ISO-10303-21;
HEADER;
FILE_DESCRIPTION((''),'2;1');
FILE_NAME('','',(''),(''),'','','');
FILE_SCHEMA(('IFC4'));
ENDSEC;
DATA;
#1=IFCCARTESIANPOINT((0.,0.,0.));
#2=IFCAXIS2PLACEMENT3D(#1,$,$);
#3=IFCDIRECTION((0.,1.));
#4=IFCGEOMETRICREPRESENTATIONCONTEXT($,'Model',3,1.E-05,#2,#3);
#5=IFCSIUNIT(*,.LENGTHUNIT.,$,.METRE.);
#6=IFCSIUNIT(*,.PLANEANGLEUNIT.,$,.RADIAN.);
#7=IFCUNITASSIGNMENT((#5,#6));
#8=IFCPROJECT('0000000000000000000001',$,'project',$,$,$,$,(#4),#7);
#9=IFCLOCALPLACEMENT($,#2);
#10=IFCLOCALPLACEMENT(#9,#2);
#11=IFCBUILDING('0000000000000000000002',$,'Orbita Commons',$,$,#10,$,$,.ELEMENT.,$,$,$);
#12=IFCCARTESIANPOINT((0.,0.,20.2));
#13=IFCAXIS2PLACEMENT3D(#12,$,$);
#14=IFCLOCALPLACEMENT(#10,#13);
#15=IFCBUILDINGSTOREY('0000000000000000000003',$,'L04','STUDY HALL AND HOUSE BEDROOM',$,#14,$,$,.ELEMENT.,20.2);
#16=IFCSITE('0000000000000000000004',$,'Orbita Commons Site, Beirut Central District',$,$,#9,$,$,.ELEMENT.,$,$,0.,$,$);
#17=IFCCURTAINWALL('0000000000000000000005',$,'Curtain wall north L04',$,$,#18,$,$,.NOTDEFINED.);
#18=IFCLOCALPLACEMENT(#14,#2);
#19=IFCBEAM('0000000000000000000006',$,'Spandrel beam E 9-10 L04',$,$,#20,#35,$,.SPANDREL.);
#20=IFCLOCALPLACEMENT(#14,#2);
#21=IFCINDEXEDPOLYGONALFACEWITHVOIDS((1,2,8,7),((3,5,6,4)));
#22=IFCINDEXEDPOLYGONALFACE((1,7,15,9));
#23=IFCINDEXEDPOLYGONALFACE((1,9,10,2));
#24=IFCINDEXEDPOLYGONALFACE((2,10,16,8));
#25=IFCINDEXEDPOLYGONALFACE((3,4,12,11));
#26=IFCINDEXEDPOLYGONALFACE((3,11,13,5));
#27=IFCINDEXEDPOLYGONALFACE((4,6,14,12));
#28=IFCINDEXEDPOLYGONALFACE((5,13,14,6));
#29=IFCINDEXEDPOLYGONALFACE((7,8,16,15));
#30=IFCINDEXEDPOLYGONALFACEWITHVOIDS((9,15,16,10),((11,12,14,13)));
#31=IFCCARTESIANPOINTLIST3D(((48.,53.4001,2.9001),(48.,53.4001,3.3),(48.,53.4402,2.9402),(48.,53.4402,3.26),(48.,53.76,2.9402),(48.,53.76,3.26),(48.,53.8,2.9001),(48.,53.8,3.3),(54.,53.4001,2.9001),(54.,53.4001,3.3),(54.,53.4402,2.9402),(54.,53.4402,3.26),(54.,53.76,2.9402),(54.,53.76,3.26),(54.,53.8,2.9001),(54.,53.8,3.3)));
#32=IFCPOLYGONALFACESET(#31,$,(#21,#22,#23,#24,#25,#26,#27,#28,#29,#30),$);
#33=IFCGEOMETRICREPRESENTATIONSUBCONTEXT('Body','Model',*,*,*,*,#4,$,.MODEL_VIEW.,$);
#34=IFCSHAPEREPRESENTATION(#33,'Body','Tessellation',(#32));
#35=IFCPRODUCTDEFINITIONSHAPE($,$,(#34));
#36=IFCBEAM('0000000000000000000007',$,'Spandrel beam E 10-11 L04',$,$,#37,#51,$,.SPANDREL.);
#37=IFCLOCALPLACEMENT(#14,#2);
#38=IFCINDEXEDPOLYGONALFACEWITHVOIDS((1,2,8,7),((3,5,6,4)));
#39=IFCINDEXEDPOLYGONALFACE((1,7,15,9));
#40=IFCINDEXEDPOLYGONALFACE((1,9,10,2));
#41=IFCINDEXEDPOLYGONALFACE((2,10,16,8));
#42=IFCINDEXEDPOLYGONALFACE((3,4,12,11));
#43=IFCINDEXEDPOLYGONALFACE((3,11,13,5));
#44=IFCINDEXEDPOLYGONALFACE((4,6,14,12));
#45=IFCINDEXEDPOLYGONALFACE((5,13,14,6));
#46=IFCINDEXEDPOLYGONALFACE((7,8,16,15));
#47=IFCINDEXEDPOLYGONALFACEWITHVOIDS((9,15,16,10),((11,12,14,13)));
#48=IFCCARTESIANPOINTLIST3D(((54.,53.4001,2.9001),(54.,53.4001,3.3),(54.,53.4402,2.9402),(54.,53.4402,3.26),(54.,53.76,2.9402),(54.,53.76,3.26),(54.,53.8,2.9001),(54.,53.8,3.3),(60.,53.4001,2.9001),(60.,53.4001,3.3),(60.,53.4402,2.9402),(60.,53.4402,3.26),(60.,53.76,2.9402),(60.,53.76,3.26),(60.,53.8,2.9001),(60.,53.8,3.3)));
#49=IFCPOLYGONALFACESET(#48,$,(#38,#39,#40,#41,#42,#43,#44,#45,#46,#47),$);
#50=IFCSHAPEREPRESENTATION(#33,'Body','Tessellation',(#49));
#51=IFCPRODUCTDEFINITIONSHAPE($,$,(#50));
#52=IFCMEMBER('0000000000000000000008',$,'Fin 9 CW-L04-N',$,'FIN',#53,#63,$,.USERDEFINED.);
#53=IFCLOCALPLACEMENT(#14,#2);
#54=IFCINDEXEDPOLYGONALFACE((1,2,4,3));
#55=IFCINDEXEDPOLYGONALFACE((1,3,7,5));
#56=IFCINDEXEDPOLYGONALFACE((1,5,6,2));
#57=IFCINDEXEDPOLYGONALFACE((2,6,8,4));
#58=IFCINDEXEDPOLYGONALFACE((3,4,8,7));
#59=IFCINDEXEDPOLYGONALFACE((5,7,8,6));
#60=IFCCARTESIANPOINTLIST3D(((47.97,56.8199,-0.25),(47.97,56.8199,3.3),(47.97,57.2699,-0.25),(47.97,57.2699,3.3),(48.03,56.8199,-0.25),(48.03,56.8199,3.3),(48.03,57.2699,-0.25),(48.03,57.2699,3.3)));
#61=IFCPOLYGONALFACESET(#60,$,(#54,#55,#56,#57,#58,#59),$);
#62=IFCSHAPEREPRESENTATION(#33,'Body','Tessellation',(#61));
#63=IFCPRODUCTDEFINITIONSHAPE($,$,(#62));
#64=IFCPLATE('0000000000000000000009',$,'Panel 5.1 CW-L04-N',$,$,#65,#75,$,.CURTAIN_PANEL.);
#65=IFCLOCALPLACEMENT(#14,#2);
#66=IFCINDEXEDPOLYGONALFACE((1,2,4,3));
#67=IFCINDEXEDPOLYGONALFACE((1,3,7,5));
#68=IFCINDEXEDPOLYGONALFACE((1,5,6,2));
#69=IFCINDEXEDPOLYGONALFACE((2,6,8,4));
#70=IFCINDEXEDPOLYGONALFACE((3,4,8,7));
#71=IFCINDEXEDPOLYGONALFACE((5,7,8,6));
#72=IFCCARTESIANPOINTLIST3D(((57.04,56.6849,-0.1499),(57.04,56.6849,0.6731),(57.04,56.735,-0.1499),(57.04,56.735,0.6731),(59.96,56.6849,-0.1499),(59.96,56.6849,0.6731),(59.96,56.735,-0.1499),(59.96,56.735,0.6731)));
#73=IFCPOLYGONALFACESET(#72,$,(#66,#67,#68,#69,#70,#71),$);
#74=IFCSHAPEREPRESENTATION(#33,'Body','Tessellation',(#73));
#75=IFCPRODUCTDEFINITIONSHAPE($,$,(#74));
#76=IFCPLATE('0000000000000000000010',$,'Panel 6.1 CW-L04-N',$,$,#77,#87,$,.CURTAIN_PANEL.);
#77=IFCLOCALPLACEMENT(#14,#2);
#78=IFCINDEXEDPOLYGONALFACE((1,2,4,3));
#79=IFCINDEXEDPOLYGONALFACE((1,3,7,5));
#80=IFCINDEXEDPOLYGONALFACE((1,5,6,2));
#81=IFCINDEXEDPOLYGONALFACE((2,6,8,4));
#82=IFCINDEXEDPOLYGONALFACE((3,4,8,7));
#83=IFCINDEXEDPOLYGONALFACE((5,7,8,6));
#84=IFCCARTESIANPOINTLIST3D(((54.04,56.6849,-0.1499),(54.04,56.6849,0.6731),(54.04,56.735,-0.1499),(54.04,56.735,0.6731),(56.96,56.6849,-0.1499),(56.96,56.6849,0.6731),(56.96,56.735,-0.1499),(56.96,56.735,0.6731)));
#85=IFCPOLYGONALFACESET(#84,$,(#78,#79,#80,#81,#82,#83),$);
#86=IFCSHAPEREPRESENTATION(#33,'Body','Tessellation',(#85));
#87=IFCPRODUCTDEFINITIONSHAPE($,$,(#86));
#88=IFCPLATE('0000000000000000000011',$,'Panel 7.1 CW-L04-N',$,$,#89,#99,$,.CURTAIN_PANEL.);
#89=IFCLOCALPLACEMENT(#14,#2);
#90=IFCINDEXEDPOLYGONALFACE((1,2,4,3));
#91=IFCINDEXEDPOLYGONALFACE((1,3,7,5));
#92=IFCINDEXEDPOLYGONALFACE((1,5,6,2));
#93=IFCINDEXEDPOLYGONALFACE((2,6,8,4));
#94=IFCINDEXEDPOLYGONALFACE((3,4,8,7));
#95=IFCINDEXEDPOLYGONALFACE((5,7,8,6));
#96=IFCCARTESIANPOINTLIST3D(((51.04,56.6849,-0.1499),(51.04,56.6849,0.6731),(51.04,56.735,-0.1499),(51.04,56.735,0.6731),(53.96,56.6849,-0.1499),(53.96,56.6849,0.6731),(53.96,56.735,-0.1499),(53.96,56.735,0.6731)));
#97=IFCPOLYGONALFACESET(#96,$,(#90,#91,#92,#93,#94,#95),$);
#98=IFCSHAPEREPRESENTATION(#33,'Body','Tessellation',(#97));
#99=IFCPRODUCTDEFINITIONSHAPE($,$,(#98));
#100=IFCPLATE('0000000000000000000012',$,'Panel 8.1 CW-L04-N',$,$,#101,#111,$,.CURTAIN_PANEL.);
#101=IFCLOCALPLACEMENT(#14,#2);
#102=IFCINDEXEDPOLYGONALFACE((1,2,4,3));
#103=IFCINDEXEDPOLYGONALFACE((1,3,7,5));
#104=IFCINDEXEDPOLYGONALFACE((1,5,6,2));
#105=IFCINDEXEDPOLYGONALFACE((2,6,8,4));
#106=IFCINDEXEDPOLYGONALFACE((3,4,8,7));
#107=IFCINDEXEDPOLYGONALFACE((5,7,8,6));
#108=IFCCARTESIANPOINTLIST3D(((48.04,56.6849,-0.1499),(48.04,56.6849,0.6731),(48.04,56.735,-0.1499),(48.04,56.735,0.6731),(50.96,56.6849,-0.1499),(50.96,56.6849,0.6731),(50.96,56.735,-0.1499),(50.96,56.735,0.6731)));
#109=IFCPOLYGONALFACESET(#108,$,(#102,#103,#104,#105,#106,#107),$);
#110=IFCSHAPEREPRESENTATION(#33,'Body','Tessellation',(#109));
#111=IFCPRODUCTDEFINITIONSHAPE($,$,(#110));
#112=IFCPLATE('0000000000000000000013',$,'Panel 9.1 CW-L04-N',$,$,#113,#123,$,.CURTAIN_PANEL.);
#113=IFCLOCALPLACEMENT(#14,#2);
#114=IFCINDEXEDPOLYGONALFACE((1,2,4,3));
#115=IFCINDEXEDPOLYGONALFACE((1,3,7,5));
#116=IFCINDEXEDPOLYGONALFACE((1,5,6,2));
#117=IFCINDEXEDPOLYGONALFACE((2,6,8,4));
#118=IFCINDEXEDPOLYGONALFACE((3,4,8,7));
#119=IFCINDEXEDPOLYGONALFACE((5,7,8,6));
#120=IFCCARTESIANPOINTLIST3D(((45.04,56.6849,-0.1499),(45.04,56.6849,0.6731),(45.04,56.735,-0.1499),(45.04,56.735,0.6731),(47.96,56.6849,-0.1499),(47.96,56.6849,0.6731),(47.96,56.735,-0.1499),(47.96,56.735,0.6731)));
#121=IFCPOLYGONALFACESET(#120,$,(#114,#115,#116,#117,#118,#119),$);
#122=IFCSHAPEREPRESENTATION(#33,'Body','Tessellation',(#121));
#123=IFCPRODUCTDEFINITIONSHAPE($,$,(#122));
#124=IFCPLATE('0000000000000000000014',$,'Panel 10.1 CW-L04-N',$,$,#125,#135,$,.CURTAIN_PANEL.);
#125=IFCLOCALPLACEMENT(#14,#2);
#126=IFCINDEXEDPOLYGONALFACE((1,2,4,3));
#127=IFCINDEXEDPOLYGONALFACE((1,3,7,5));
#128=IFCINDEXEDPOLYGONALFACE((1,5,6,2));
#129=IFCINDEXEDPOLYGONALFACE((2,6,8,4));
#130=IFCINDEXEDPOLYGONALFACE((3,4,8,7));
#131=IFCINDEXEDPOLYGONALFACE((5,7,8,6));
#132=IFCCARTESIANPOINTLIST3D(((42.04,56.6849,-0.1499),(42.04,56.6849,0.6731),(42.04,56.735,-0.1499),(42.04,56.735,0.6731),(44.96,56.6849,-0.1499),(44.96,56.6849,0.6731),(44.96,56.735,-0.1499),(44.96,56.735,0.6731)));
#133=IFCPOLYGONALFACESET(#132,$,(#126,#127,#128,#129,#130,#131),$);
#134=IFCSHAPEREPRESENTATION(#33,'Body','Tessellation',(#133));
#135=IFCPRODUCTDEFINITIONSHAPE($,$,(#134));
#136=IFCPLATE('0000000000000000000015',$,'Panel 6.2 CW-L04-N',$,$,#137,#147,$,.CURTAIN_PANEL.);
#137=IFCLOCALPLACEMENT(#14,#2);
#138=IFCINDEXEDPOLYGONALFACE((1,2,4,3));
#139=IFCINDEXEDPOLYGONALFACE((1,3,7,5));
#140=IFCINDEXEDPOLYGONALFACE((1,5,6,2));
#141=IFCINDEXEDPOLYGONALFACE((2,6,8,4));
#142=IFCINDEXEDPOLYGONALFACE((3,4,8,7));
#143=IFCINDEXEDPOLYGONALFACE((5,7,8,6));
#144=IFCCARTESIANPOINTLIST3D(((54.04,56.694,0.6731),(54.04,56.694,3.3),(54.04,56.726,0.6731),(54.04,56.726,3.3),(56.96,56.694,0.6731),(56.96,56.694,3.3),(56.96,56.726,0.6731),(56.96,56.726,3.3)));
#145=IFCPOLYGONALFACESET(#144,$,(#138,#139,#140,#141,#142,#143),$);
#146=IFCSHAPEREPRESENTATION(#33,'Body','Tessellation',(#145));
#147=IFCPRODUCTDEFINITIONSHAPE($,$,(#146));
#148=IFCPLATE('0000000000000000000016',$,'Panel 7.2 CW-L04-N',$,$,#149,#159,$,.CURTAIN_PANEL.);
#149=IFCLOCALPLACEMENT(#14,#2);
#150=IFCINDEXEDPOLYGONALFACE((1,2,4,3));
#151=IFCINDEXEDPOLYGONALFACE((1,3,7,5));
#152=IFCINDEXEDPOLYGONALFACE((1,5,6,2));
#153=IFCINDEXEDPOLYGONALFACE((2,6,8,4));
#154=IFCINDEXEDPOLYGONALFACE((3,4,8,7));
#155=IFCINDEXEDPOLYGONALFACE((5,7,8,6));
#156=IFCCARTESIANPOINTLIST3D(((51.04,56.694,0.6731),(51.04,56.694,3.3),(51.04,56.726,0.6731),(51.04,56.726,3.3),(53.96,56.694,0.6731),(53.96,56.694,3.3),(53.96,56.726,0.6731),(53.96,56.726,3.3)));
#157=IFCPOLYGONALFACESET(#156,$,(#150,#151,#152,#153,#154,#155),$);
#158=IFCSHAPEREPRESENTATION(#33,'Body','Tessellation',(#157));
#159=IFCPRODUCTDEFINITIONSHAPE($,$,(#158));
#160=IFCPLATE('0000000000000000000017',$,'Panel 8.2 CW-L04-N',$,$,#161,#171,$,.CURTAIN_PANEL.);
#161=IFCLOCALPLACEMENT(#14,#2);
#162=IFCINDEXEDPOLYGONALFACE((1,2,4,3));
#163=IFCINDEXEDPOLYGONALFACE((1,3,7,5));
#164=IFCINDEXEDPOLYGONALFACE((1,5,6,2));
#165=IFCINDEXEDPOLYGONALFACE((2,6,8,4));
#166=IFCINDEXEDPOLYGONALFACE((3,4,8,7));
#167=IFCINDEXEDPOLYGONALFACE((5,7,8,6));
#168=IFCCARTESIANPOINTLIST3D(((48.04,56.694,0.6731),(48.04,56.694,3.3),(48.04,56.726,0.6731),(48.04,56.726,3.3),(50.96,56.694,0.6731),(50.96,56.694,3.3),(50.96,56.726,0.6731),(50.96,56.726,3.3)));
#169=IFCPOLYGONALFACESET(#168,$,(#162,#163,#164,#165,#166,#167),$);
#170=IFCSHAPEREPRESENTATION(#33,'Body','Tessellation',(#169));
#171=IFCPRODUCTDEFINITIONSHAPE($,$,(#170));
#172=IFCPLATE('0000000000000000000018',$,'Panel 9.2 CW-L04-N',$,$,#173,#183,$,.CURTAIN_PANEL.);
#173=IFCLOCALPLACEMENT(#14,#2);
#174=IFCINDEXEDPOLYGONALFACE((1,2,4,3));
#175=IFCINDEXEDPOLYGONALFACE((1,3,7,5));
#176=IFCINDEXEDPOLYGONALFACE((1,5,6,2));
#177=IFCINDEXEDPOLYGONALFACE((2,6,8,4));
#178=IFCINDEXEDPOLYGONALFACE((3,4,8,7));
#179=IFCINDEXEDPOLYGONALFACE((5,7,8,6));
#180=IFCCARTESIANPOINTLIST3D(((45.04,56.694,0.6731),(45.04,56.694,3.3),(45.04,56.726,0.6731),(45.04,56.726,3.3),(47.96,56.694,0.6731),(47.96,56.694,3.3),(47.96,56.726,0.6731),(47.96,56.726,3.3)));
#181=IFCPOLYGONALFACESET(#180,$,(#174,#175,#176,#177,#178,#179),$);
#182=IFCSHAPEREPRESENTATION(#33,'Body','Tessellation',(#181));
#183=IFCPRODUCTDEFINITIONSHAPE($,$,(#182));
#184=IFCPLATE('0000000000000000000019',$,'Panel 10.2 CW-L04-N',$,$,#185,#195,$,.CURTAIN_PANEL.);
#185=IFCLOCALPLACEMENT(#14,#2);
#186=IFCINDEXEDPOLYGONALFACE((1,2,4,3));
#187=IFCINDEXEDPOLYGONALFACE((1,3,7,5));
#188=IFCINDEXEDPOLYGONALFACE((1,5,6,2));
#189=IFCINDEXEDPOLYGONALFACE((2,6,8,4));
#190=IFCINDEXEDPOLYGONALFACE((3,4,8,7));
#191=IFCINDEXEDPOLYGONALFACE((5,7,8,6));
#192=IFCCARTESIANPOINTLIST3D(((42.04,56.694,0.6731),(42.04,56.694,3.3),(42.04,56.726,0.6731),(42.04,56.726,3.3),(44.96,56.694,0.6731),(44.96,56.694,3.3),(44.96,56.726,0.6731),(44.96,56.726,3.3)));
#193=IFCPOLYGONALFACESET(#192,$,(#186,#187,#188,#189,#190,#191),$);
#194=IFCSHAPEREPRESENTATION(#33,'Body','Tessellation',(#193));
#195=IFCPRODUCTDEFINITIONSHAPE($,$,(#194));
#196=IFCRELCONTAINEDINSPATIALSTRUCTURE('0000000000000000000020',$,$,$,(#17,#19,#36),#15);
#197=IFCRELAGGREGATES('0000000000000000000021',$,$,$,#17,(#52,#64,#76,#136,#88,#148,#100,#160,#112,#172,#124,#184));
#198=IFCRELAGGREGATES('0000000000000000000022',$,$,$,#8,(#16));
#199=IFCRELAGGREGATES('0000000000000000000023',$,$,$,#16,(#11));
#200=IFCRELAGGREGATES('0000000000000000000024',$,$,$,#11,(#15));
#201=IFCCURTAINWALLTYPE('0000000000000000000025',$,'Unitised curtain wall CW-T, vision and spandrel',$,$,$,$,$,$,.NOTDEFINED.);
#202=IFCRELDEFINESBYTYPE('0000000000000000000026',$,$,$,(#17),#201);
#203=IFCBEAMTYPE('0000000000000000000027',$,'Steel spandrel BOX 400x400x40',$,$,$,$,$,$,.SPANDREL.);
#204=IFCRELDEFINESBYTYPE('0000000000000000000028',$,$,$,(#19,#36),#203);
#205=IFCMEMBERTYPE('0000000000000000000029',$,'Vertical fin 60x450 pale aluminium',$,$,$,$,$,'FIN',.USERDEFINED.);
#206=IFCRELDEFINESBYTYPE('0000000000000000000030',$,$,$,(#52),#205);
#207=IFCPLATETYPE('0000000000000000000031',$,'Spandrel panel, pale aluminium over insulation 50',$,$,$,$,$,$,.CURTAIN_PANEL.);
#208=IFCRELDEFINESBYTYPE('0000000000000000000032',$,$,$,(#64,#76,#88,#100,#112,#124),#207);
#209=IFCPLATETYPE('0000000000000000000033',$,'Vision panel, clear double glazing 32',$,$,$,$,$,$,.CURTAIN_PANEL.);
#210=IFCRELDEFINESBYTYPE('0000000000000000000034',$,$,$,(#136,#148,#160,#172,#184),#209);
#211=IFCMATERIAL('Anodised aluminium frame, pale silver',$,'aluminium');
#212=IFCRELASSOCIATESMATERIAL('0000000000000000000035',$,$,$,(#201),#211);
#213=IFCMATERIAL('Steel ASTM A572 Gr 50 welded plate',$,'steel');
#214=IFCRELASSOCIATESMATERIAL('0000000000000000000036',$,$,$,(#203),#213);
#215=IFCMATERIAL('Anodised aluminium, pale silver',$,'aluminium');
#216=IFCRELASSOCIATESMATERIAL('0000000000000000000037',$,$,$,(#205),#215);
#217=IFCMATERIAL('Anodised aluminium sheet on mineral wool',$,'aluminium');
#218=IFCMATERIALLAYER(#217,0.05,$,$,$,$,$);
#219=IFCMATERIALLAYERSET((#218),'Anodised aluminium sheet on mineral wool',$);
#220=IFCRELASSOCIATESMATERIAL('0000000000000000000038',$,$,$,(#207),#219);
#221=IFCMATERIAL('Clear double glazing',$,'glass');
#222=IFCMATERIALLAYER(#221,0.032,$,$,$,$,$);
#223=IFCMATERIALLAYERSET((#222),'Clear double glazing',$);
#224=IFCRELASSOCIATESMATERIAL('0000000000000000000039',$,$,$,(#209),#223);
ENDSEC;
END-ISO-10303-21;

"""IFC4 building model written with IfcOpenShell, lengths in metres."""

from ifc_helpers import new_model, si_unit, direction, frame, origin, origin_2d, place, context, subcontext, project, spatial, rectangle, hollow_rectangle, extrude, material, layer, layer_set, material_profile, profile_set, type_object, element, aggregate, save


model = new_model("IFC4")

# Units and contexts
model_context = context("Model", 3, precision=1e-05, world=origin(), true_north=direction((0.0, 1.0)))
body_context = subcontext(model_context, "Body", "Model", "MODEL_VIEW")
ifc_project = project(units=[si_unit("LENGTHUNIT", "METRE"), si_unit("PLANEANGLEUNIT", "RADIAN")], contexts=[model_context])

# Site, building, storey
site_placement = place(None, origin())
site = spatial("IfcSite", under=ifc_project, at=site_placement, Name="Orbita Commons Site, Beirut Central District", CompositionType="ELEMENT", RefElevation=0.0)
building_placement = place(site_placement, origin())
building = spatial("IfcBuilding", under=site, at=building_placement, Name="Orbita Commons", CompositionType="ELEMENT")
storey_placement = place(building_placement, frame((0.0, 0.0, 20.2)))
storey = spatial("IfcBuildingStorey", under=building, at=storey_placement, Name="L04", Description="STUDY HALL AND HOUSE BEDROOM", CompositionType="ELEMENT", Elevation=20.2)

# Curtain wall
ifc_material_1 = material(Name="Anodised aluminium frame, pale silver", Category="aluminium")
curtain_wall_type = type_object("IfcCurtainWallType", Name="Unitised curtain wall CW-T, vision and spandrel", PredefinedType="NOTDEFINED", material=ifc_material_1)
curtain_wall_placement = place(storey_placement, origin())
curtain_wall = element("IfcCurtainWall", 1, at=curtain_wall_placement, inside=storey, type_object=curtain_wall_type, Name="Curtain wall north L04", PredefinedType="NOTDEFINED")

# Beams
ifc_material_2 = material(Name="Steel ASTM A572 Gr 50 welded plate", Category="steel")
ifc_material_profile_1 = material_profile(ifc_material_2, hollow_rectangle(XDim=0.3999, YDim=0.3999, WallThickness=0.04, at=origin_2d()), Name="BOX 400x400x40")
ifc_profile_set_1 = profile_set([ifc_material_profile_1], Name="Steel ASTM A572 Gr 50 welded plate")
beam_type = type_object("IfcBeamType", Name="Steel spandrel BOX 400x400x40", PredefinedType="SPANDREL", material=ifc_profile_set_1)
for number, where, z_axis, x_axis, name in (
    (2, (48.0, 53.6001, 3.1001), (1.0, 0.0, 0.0), (0.0, 1.0, 0.0), "Spandrel beam E 9-10 L04"),
    (3, (54.0, 53.6001, 3.1001), (1.0, 0.0, 0.0), (0.0, 1.0, 0.0), "Spandrel beam E 10-11 L04"),
):
    element("IfcBeam", number, at=place(storey_placement, frame(where, z_axis=z_axis, x_axis=x_axis)), inside=storey, type_object=beam_type, Name=name, PredefinedType="SPANDREL", context=body_context, shape_type="SweptSolid", body=[
        extrude(hollow_rectangle(XDim=0.3999, YDim=0.3999, WallThickness=0.04, at=origin_2d()), origin(), (0.0, 0.0, 1.0), 6.0),
    ])

# Member
ifc_material_3 = material(Name="Anodised aluminium, pale silver", Category="aluminium")
ifc_material_profile_2 = material_profile(ifc_material_3, rectangle(XDim=0.0601, YDim=0.45, at=origin_2d()), Name="FIN 60x450")
ifc_profile_set_2 = profile_set([ifc_material_profile_2], Name="Anodised aluminium, pale silver")
member_type_1 = type_object("IfcMemberType", Name="Vertical fin 60x450 pale aluminium", ElementType="FIN", PredefinedType="USERDEFINED", material=ifc_profile_set_2)
member_1_placement = place(storey_placement, frame((48.0, 57.0449, -0.25), z_axis=(0.0, 0.0, 1.0), x_axis=(-1.0, 0.0, 0.0)))
member_1 = element("IfcMember", 4, at=member_1_placement, type_object=member_type_1, Name="Fin 9 CW-L04-N", ObjectType="FIN", PredefinedType="USERDEFINED", context=body_context, shape_type="SweptSolid", body=[
    extrude(rectangle(XDim=0.0601, YDim=0.45, at=origin_2d()), origin(), (0.0, 0.0, 1.0), 3.55),
])

# Plates
ifc_material_4 = material(Name="Anodised aluminium sheet on mineral wool", Category="aluminium")
ifc_layer_1 = layer(ifc_material_4, 0.05)
ifc_layer_set_1 = layer_set([ifc_layer_1], Name="Anodised aluminium sheet on mineral wool")
plate_type_1 = type_object("IfcPlateType", Name="Spandrel panel, pale aluminium over insulation 50", PredefinedType="CURTAIN_PANEL", material=ifc_layer_set_1)
plate_1_placement = place(storey_placement, frame((58.5, 56.71, -0.1499), z_axis=(0.0, 0.0, 1.0), x_axis=(-1.0, 0.0, 0.0)))
plate_1 = element("IfcPlate", 5, at=plate_1_placement, type_object=plate_type_1, Name="Panel 5.1 CW-L04-N", PredefinedType="CURTAIN_PANEL", context=body_context, shape_type="SweptSolid", body=[
    extrude(rectangle(XDim=2.9199, YDim=0.05, at=origin_2d()), origin(), (0.0, 0.0, 1.0), 0.823),
])
plate_2_placement = place(storey_placement, frame((55.5, 56.71, -0.1499), z_axis=(0.0, 0.0, 1.0), x_axis=(-1.0, 0.0, 0.0)))
plate_2 = element("IfcPlate", 6, at=plate_2_placement, type_object=plate_type_1, Name="Panel 6.1 CW-L04-N", PredefinedType="CURTAIN_PANEL", context=body_context, shape_type="SweptSolid", body=[
    extrude(rectangle(XDim=2.9199, YDim=0.05, at=origin_2d()), origin(), (0.0, 0.0, 1.0), 0.823),
])
plate_3_placement = place(storey_placement, frame((52.5, 56.71, -0.1499), z_axis=(0.0, 0.0, 1.0), x_axis=(-1.0, 0.0, 0.0)))
plate_3 = element("IfcPlate", 7, at=plate_3_placement, type_object=plate_type_1, Name="Panel 7.1 CW-L04-N", PredefinedType="CURTAIN_PANEL", context=body_context, shape_type="SweptSolid", body=[
    extrude(rectangle(XDim=2.9199, YDim=0.05, at=origin_2d()), origin(), (0.0, 0.0, 1.0), 0.823),
])
plate_4_placement = place(storey_placement, frame((49.5, 56.71, -0.1499), z_axis=(0.0, 0.0, 1.0), x_axis=(-1.0, 0.0, 0.0)))
plate_4 = element("IfcPlate", 8, at=plate_4_placement, type_object=plate_type_1, Name="Panel 8.1 CW-L04-N", PredefinedType="CURTAIN_PANEL", context=body_context, shape_type="SweptSolid", body=[
    extrude(rectangle(XDim=2.9199, YDim=0.05, at=origin_2d()), origin(), (0.0, 0.0, 1.0), 0.823),
])
plate_5_placement = place(storey_placement, frame((46.5, 56.71, -0.1499), z_axis=(0.0, 0.0, 1.0), x_axis=(-1.0, 0.0, 0.0)))
plate_5 = element("IfcPlate", 9, at=plate_5_placement, type_object=plate_type_1, Name="Panel 9.1 CW-L04-N", PredefinedType="CURTAIN_PANEL", context=body_context, shape_type="SweptSolid", body=[
    extrude(rectangle(XDim=2.9199, YDim=0.05, at=origin_2d()), origin(), (0.0, 0.0, 1.0), 0.823),
])
plate_6_placement = place(storey_placement, frame((43.5, 56.71, -0.1499), z_axis=(0.0, 0.0, 1.0), x_axis=(-1.0, 0.0, 0.0)))
plate_6 = element("IfcPlate", 10, at=plate_6_placement, type_object=plate_type_1, Name="Panel 10.1 CW-L04-N", PredefinedType="CURTAIN_PANEL", context=body_context, shape_type="SweptSolid", body=[
    extrude(rectangle(XDim=2.9199, YDim=0.05, at=origin_2d()), origin(), (0.0, 0.0, 1.0), 0.823),
])
ifc_material_5 = material(Name="Clear double glazing", Category="glass")
ifc_layer_2 = layer(ifc_material_5, 0.032)
ifc_layer_set_2 = layer_set([ifc_layer_2], Name="Clear double glazing")
plate_type_2 = type_object("IfcPlateType", Name="Vision panel, clear double glazing 32", PredefinedType="CURTAIN_PANEL", material=ifc_layer_set_2)
plate_7_placement = place(storey_placement, frame((55.5, 56.71, 0.6731), z_axis=(0.0, 0.0, 1.0), x_axis=(-1.0, 0.0, 0.0)))
plate_7 = element("IfcPlate", 11, at=plate_7_placement, type_object=plate_type_2, Name="Panel 6.2 CW-L04-N", PredefinedType="CURTAIN_PANEL", context=body_context, shape_type="SweptSolid", body=[
    extrude(rectangle(XDim=2.9199, YDim=0.032, at=origin_2d()), origin(), (0.0, 0.0, 1.0), 2.627),
])
plate_8_placement = place(storey_placement, frame((52.5, 56.71, 0.6731), z_axis=(0.0, 0.0, 1.0), x_axis=(-1.0, 0.0, 0.0)))
plate_8 = element("IfcPlate", 12, at=plate_8_placement, type_object=plate_type_2, Name="Panel 7.2 CW-L04-N", PredefinedType="CURTAIN_PANEL", context=body_context, shape_type="SweptSolid", body=[
    extrude(rectangle(XDim=2.9199, YDim=0.032, at=origin_2d()), origin(), (0.0, 0.0, 1.0), 2.627),
])
plate_9_placement = place(storey_placement, frame((49.5, 56.71, 0.6731), z_axis=(0.0, 0.0, 1.0), x_axis=(-1.0, 0.0, 0.0)))
plate_9 = element("IfcPlate", 13, at=plate_9_placement, type_object=plate_type_2, Name="Panel 8.2 CW-L04-N", PredefinedType="CURTAIN_PANEL", context=body_context, shape_type="SweptSolid", body=[
    extrude(rectangle(XDim=2.9199, YDim=0.032, at=origin_2d()), origin(), (0.0, 0.0, 1.0), 2.627),
])
plate_10_placement = place(storey_placement, frame((46.5, 56.71, 0.6731), z_axis=(0.0, 0.0, 1.0), x_axis=(-1.0, 0.0, 0.0)))
plate_10 = element("IfcPlate", 14, at=plate_10_placement, type_object=plate_type_2, Name="Panel 9.2 CW-L04-N", PredefinedType="CURTAIN_PANEL", context=body_context, shape_type="SweptSolid", body=[
    extrude(rectangle(XDim=2.9199, YDim=0.032, at=origin_2d()), origin(), (0.0, 0.0, 1.0), 2.627),
])
plate_11_placement = place(storey_placement, frame((43.5, 56.71, 0.6731), z_axis=(0.0, 0.0, 1.0), x_axis=(-1.0, 0.0, 0.0)))
plate_11 = element("IfcPlate", 15, at=plate_11_placement, type_object=plate_type_2, Name="Panel 10.2 CW-L04-N", PredefinedType="CURTAIN_PANEL", context=body_context, shape_type="SweptSolid", body=[
    extrude(rectangle(XDim=2.9199, YDim=0.032, at=origin_2d()), origin(), (0.0, 0.0, 1.0), 2.627),
])
aggregate(curtain_wall, [member_1, plate_1, plate_2, plate_7, plate_3, plate_8, plate_4, plate_9, plate_5, plate_10, plate_6, plate_11])

save(model, "model.ifc")
